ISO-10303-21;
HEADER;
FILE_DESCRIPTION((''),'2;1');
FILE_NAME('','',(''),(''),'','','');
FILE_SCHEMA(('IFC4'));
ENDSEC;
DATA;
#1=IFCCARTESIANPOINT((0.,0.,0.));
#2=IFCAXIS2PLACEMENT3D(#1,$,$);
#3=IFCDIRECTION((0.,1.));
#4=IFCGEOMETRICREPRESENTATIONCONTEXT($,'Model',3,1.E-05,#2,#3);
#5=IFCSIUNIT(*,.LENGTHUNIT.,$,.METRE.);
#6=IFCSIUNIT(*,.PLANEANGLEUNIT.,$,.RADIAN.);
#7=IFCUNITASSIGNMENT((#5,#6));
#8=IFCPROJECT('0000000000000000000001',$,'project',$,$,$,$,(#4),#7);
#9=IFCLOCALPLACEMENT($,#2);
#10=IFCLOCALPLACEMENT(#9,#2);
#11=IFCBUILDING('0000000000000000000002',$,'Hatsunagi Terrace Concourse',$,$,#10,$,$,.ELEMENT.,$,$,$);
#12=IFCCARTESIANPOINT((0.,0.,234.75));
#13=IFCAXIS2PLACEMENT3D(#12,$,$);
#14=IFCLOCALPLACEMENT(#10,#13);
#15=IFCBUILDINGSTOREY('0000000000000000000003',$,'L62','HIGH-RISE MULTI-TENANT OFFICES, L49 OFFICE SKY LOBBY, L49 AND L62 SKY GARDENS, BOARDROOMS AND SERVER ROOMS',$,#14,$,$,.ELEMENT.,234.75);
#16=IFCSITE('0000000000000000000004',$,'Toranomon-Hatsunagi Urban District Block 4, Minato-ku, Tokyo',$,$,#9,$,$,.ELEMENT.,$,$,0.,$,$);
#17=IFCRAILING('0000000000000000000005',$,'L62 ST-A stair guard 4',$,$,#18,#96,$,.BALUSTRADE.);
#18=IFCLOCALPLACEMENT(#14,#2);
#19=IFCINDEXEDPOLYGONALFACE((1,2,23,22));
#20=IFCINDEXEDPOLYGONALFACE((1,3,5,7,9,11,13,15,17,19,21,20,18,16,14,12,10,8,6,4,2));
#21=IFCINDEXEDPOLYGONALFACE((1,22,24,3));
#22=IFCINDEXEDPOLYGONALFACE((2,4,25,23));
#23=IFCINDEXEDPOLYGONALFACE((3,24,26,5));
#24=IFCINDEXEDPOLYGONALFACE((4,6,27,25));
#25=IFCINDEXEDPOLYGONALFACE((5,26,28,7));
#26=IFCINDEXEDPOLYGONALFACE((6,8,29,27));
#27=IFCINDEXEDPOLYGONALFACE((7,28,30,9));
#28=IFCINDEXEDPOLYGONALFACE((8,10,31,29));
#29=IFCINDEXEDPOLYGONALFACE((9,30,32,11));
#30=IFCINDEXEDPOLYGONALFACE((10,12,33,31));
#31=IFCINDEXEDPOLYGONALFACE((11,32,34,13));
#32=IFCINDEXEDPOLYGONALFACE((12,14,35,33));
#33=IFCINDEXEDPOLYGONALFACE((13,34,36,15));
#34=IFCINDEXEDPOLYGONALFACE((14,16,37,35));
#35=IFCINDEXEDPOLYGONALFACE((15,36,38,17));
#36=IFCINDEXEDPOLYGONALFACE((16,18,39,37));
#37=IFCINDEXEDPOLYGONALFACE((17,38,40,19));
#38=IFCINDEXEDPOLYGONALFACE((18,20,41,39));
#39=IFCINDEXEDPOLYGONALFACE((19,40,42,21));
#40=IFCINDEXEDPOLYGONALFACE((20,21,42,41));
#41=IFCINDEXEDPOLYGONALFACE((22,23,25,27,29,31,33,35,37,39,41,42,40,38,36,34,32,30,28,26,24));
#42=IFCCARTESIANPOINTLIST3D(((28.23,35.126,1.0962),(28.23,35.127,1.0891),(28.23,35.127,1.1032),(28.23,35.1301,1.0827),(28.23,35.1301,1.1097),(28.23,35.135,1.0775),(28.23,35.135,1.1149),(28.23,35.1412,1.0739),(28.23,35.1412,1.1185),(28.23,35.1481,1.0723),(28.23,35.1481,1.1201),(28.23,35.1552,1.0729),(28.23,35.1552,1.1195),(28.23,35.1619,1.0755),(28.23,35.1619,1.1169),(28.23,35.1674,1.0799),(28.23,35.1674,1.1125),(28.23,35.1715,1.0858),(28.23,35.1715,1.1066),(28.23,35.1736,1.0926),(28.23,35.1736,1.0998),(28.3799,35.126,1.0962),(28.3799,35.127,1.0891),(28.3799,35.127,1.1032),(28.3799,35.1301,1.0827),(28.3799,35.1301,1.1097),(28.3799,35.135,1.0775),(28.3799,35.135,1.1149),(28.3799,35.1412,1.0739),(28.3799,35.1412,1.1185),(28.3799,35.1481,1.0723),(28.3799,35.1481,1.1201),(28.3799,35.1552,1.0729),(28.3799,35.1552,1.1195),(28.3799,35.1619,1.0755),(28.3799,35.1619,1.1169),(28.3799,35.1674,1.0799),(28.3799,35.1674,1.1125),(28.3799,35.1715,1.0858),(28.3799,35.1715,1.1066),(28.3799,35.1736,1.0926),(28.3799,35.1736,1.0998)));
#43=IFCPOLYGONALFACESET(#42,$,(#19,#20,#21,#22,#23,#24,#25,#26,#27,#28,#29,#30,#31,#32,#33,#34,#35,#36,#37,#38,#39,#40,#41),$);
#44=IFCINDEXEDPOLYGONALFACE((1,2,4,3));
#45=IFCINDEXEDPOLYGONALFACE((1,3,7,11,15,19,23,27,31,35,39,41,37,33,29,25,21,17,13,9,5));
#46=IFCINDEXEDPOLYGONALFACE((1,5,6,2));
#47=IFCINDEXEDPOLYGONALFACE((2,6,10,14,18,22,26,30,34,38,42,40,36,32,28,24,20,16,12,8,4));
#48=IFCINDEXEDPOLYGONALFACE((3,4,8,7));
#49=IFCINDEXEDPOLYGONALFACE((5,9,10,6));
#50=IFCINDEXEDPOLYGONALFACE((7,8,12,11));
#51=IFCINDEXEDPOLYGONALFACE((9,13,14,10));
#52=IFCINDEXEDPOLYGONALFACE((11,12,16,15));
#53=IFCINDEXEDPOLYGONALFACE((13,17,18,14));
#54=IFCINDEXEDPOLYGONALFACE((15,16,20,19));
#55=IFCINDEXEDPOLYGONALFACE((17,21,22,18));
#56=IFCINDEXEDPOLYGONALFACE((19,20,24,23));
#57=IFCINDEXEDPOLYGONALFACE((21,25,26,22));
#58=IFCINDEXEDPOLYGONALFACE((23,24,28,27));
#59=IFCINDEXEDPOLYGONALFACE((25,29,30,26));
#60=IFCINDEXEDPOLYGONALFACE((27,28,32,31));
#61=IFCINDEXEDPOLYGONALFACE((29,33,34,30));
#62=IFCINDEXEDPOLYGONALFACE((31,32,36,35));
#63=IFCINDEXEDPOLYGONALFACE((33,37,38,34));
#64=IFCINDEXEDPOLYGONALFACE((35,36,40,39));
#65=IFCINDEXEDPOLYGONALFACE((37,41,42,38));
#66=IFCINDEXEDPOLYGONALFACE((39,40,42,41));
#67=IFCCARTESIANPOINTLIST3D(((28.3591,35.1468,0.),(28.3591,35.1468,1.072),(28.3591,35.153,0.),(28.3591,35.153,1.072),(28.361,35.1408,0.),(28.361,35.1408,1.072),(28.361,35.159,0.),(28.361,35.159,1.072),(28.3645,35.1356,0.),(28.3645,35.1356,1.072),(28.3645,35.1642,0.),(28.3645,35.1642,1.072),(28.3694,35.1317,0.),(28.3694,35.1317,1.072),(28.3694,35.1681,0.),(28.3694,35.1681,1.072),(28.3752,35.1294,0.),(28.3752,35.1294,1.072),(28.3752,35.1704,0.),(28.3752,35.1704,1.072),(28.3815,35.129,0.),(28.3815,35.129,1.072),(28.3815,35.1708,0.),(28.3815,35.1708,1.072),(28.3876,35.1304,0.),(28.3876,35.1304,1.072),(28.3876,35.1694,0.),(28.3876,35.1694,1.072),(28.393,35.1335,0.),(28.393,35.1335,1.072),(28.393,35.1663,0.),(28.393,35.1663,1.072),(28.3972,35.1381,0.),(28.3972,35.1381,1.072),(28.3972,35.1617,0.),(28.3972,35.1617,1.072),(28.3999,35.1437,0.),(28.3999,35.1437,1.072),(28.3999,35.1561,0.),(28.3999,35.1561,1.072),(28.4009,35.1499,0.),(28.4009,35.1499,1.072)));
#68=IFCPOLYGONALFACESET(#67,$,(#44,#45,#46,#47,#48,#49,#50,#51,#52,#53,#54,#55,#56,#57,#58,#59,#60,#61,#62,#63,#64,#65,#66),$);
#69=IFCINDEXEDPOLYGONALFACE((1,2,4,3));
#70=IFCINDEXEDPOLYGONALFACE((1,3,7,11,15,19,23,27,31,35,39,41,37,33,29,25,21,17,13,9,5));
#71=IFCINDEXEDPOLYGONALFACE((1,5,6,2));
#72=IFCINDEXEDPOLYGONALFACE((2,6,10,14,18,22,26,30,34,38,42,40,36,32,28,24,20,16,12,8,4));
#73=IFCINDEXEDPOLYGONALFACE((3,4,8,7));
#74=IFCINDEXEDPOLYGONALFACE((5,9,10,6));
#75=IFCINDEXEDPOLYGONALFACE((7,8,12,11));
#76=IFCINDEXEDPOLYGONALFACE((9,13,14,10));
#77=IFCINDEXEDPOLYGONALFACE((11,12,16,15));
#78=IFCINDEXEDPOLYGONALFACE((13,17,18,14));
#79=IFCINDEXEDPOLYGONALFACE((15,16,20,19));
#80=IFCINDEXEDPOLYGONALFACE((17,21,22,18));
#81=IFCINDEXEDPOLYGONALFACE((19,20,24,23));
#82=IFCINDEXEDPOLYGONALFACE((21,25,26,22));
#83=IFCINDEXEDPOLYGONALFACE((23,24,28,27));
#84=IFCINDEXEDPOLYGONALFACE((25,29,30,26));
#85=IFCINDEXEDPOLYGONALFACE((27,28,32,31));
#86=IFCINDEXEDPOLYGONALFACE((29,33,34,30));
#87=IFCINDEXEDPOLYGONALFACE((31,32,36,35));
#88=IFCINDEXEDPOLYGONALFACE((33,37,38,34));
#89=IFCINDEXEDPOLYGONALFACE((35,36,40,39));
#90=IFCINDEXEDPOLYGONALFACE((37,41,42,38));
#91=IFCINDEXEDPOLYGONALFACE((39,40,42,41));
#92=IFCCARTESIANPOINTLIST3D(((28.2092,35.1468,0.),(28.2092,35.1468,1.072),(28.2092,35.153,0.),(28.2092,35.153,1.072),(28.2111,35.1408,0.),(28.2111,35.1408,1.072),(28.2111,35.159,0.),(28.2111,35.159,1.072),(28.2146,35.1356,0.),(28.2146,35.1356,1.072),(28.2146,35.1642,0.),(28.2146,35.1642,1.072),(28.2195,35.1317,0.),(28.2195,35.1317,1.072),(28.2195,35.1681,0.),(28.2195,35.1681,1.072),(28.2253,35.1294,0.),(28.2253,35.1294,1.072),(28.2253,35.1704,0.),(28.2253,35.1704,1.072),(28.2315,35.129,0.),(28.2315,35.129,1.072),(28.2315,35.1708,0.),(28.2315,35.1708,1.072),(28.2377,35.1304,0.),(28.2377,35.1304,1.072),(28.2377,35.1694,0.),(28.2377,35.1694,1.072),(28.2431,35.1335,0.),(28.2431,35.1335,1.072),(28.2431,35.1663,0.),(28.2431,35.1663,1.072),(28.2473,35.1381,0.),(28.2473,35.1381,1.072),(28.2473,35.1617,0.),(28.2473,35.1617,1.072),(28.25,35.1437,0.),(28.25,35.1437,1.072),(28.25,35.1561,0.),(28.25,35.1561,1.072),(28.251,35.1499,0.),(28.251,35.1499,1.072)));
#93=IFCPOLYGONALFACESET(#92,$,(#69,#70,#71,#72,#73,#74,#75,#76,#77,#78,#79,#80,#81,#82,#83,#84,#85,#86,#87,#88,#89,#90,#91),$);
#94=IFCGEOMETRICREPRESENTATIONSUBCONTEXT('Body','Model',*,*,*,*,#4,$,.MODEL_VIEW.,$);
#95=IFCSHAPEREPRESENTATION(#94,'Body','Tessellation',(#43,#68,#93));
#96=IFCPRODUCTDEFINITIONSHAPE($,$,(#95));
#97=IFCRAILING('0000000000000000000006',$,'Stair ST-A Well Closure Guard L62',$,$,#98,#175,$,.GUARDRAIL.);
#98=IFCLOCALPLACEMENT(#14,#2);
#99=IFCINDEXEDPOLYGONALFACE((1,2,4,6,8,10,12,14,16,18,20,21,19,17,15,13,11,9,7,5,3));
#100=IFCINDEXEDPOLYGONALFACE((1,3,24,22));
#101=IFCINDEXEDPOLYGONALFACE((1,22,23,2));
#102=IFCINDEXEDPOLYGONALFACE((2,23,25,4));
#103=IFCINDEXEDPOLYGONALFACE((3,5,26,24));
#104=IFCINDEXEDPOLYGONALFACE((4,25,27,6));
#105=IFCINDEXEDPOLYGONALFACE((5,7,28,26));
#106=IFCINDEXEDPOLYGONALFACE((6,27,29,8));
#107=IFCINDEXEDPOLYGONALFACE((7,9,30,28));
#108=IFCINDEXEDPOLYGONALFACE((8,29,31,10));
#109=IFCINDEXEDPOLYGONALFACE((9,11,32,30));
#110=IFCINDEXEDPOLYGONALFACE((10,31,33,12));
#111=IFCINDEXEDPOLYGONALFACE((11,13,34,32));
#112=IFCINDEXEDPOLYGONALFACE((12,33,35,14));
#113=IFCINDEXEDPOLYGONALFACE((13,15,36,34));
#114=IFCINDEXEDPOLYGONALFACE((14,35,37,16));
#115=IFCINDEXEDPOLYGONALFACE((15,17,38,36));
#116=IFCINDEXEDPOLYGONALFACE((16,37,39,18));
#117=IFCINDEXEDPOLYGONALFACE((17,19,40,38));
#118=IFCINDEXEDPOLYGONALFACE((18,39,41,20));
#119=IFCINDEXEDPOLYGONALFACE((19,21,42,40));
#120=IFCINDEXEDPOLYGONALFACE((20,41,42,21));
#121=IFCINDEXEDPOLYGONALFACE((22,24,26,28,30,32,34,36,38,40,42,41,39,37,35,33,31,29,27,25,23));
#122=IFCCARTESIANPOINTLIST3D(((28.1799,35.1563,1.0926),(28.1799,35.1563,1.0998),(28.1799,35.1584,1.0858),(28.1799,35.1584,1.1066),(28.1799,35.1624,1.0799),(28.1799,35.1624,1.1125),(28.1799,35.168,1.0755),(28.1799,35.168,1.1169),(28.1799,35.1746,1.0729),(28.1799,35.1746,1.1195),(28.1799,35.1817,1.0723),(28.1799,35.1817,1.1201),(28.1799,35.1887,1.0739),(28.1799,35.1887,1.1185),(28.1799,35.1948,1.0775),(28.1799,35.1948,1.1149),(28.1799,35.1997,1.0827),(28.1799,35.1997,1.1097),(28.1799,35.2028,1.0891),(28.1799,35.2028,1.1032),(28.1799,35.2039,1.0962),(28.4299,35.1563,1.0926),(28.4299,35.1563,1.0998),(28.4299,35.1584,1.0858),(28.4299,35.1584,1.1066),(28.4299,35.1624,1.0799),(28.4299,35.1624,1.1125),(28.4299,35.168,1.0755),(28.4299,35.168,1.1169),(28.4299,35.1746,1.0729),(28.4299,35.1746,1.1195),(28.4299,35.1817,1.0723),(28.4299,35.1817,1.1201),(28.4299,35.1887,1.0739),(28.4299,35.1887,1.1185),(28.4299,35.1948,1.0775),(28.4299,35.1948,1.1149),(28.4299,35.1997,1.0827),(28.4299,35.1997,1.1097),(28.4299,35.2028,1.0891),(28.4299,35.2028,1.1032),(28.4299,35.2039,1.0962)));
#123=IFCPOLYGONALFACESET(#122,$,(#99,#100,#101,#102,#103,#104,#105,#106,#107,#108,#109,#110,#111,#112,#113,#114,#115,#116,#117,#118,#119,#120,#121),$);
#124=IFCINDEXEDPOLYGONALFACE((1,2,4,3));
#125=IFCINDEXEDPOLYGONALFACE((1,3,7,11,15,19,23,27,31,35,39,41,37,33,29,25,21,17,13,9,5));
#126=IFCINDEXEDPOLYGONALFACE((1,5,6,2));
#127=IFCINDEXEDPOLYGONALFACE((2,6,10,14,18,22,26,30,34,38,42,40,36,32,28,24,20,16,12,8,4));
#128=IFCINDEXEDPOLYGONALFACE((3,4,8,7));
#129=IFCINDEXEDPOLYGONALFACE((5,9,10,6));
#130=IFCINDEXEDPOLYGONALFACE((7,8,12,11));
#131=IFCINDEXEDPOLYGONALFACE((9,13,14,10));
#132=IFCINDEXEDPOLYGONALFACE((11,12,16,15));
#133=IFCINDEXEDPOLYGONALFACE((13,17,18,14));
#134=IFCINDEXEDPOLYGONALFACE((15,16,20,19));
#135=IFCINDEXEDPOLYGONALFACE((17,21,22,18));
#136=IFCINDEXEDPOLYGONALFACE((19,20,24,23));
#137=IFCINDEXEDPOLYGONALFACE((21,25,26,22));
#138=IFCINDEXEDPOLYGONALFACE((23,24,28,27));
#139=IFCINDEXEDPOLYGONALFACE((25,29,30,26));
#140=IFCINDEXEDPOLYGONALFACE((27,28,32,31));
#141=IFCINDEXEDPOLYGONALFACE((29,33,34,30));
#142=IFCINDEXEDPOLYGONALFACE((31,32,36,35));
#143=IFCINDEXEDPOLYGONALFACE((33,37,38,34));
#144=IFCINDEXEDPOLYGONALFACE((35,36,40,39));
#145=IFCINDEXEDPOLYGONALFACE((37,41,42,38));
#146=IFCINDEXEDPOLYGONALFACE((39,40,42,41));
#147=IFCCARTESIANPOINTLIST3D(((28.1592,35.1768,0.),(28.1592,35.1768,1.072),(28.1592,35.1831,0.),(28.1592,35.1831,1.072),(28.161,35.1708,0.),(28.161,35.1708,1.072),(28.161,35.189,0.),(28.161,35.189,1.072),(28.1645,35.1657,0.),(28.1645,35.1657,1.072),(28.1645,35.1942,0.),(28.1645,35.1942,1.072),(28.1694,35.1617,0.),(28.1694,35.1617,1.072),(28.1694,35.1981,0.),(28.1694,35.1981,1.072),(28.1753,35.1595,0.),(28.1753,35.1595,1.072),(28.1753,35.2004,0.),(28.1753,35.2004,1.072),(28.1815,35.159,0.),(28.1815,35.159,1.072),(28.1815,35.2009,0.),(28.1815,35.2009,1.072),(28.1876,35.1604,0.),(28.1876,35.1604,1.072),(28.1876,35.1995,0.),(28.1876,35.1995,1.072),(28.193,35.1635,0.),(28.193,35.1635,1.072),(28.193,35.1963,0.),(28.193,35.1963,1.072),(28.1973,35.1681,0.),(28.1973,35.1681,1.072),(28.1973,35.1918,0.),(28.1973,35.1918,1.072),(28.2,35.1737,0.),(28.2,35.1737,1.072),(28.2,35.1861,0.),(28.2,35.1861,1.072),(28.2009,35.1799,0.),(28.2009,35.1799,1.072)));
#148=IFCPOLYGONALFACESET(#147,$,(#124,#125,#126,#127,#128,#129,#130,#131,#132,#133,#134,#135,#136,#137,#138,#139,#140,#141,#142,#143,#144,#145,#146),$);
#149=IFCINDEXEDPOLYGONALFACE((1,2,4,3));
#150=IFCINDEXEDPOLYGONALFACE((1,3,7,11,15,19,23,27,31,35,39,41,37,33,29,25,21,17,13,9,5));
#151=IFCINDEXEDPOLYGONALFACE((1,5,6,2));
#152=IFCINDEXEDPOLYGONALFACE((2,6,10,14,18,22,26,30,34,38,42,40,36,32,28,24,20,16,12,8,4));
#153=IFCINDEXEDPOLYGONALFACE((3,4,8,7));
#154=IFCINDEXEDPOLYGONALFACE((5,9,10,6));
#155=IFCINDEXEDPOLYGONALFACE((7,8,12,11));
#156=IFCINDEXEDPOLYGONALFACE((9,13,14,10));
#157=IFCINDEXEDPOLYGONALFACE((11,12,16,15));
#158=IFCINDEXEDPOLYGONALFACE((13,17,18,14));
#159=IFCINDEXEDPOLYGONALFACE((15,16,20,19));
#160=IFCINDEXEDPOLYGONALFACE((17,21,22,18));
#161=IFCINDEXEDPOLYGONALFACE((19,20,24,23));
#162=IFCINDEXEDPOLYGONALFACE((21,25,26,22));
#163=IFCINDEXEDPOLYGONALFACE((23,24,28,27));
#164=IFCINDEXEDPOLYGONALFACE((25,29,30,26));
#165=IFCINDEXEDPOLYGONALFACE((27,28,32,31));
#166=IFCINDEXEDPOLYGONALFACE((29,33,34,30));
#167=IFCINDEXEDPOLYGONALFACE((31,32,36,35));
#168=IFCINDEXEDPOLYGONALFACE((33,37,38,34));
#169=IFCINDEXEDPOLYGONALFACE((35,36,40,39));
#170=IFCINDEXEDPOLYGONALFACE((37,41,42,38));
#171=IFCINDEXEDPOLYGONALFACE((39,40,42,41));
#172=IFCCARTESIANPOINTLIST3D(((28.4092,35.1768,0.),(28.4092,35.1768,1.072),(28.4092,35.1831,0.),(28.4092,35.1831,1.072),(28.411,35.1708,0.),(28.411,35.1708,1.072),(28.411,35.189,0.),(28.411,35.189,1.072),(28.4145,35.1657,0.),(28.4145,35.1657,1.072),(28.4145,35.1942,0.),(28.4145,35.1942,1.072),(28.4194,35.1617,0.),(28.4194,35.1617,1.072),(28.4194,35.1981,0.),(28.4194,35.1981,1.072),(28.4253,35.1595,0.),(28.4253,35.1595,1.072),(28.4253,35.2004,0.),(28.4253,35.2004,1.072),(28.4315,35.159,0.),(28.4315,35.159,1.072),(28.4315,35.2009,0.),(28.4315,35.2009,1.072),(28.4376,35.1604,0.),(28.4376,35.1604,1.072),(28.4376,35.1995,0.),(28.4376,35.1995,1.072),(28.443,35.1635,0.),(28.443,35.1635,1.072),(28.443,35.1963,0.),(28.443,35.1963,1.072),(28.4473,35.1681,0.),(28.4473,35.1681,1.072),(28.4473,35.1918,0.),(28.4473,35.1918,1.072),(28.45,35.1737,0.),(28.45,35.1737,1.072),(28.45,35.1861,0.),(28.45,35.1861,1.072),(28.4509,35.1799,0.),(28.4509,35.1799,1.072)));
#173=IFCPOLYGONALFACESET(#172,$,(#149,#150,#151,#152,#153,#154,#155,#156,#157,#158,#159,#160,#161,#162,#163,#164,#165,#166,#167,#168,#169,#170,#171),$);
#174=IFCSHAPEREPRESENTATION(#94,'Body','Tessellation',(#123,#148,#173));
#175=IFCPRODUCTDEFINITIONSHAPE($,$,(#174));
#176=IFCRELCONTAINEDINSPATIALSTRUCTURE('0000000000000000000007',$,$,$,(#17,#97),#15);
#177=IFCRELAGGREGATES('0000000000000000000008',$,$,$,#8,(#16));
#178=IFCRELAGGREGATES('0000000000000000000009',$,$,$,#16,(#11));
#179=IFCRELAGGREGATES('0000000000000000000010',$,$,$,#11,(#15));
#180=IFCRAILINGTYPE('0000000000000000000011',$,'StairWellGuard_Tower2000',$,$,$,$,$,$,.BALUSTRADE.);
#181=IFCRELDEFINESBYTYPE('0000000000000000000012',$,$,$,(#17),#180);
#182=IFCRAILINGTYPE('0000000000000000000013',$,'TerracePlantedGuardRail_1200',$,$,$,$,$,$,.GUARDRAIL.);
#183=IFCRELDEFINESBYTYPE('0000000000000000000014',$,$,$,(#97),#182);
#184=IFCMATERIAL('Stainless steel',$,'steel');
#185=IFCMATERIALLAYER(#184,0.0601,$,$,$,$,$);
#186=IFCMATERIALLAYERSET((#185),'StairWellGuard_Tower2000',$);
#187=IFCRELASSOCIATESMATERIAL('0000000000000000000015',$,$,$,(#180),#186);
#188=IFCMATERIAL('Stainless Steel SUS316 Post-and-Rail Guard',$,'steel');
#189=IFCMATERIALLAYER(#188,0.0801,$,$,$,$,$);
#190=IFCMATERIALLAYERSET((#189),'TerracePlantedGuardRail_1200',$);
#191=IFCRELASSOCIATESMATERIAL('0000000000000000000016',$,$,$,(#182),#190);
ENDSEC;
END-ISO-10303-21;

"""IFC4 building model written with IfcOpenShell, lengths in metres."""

from ifc_helpers import new_model, si_unit, direction, frame, origin, origin_2d, place, context, subcontext, project, spatial, circle, extrude, material, layer, layer_set, type_object, element, save


model = new_model("IFC4")

# Units and contexts
model_context = context("Model", 3, precision=1e-05, world=origin(), true_north=direction((0.0, 1.0)))
body_context = subcontext(model_context, "Body", "Model", "MODEL_VIEW")
ifc_project = project(units=[si_unit("LENGTHUNIT", "METRE"), si_unit("PLANEANGLEUNIT", "RADIAN")], contexts=[model_context])

# Site, building, storey
site_placement = place(None, origin())
site = spatial("IfcSite", under=ifc_project, at=site_placement, Name="Toranomon-Hatsunagi Urban District Block 4, Minato-ku, Tokyo", CompositionType="ELEMENT", RefElevation=0.0)
building_placement = place(site_placement, origin())
building = spatial("IfcBuilding", under=site, at=building_placement, Name="Hatsunagi Terrace Concourse", CompositionType="ELEMENT")
storey_placement = place(building_placement, frame((0.0, 0.0, 234.75)))
storey = spatial("IfcBuildingStorey", under=building, at=storey_placement, Name="L62", Description="HIGH-RISE MULTI-TENANT OFFICES, L49 OFFICE SKY LOBBY, L49 AND L62 SKY GARDENS, BOARDROOMS AND SERVER ROOMS", CompositionType="ELEMENT", Elevation=234.75)

# Railings
ifc_material_1 = material(Name="Stainless steel", Category="steel")
ifc_layer_1 = layer(ifc_material_1, 0.0601)
ifc_layer_set_1 = layer_set([ifc_layer_1], Name="StairWellGuard_Tower2000")
railing_type_1 = type_object("IfcRailingType", Name="StairWellGuard_Tower2000", PredefinedType="BALUSTRADE", material=ifc_layer_set_1)
railing_1_placement = place(storey_placement, frame((28.3799, 35.1499, 0.0)))
element("IfcRailing", 1, at=railing_1_placement, inside=storey, type_object=railing_type_1, Name="L62 ST-A stair guard 4", PredefinedType="BALUSTRADE", context=body_context, shape_type="SweptSolid", body=[
    extrude(circle(Radius=0.0239, at=origin_2d()), frame((0.0, 0.0, 1.0962), z_axis=(-1.0, 0.0, 0.0), x_axis=(0.0, -1.0, 0.0)), (0.0, 0.0, 1.0), 0.1499),
    extrude(circle(Radius=0.021, at=origin_2d()), origin(), (0.0, 0.0, 1.0), 1.072),
    extrude(circle(Radius=0.021, at=origin_2d()), frame((-0.1499, 0.0, 0.0)), (0.0, 0.0, 1.0), 1.072),
])
ifc_material_2 = material(Name="Stainless Steel SUS316 Post-and-Rail Guard", Category="steel")
ifc_layer_2 = layer(ifc_material_2, 0.0801)
ifc_layer_set_2 = layer_set([ifc_layer_2], Name="TerracePlantedGuardRail_1200")
railing_type_2 = type_object("IfcRailingType", Name="TerracePlantedGuardRail_1200", PredefinedType="GUARDRAIL", material=ifc_layer_set_2)
railing_2_placement = place(storey_placement, frame((28.1799, 35.1799, 0.0)))
element("IfcRailing", 2, at=railing_2_placement, inside=storey, type_object=railing_type_2, Name="Stair ST-A Well Closure Guard L62", PredefinedType="GUARDRAIL", context=body_context, shape_type="SweptSolid", body=[
    extrude(circle(Radius=0.0239, at=origin_2d()), frame((0.0, 0.0, 1.0962), z_axis=(1.0, 0.0, 0.0), x_axis=(0.0, 1.0, 0.0)), (0.0, 0.0, 1.0), 0.25),
    extrude(circle(Radius=0.021, at=origin_2d()), origin(), (0.0, 0.0, 1.0), 1.072),
    extrude(circle(Radius=0.021, at=origin_2d()), frame((0.25, 0.0, 0.0)), (0.0, 0.0, 1.0), 1.072),
])

save(model, "model.ifc")
